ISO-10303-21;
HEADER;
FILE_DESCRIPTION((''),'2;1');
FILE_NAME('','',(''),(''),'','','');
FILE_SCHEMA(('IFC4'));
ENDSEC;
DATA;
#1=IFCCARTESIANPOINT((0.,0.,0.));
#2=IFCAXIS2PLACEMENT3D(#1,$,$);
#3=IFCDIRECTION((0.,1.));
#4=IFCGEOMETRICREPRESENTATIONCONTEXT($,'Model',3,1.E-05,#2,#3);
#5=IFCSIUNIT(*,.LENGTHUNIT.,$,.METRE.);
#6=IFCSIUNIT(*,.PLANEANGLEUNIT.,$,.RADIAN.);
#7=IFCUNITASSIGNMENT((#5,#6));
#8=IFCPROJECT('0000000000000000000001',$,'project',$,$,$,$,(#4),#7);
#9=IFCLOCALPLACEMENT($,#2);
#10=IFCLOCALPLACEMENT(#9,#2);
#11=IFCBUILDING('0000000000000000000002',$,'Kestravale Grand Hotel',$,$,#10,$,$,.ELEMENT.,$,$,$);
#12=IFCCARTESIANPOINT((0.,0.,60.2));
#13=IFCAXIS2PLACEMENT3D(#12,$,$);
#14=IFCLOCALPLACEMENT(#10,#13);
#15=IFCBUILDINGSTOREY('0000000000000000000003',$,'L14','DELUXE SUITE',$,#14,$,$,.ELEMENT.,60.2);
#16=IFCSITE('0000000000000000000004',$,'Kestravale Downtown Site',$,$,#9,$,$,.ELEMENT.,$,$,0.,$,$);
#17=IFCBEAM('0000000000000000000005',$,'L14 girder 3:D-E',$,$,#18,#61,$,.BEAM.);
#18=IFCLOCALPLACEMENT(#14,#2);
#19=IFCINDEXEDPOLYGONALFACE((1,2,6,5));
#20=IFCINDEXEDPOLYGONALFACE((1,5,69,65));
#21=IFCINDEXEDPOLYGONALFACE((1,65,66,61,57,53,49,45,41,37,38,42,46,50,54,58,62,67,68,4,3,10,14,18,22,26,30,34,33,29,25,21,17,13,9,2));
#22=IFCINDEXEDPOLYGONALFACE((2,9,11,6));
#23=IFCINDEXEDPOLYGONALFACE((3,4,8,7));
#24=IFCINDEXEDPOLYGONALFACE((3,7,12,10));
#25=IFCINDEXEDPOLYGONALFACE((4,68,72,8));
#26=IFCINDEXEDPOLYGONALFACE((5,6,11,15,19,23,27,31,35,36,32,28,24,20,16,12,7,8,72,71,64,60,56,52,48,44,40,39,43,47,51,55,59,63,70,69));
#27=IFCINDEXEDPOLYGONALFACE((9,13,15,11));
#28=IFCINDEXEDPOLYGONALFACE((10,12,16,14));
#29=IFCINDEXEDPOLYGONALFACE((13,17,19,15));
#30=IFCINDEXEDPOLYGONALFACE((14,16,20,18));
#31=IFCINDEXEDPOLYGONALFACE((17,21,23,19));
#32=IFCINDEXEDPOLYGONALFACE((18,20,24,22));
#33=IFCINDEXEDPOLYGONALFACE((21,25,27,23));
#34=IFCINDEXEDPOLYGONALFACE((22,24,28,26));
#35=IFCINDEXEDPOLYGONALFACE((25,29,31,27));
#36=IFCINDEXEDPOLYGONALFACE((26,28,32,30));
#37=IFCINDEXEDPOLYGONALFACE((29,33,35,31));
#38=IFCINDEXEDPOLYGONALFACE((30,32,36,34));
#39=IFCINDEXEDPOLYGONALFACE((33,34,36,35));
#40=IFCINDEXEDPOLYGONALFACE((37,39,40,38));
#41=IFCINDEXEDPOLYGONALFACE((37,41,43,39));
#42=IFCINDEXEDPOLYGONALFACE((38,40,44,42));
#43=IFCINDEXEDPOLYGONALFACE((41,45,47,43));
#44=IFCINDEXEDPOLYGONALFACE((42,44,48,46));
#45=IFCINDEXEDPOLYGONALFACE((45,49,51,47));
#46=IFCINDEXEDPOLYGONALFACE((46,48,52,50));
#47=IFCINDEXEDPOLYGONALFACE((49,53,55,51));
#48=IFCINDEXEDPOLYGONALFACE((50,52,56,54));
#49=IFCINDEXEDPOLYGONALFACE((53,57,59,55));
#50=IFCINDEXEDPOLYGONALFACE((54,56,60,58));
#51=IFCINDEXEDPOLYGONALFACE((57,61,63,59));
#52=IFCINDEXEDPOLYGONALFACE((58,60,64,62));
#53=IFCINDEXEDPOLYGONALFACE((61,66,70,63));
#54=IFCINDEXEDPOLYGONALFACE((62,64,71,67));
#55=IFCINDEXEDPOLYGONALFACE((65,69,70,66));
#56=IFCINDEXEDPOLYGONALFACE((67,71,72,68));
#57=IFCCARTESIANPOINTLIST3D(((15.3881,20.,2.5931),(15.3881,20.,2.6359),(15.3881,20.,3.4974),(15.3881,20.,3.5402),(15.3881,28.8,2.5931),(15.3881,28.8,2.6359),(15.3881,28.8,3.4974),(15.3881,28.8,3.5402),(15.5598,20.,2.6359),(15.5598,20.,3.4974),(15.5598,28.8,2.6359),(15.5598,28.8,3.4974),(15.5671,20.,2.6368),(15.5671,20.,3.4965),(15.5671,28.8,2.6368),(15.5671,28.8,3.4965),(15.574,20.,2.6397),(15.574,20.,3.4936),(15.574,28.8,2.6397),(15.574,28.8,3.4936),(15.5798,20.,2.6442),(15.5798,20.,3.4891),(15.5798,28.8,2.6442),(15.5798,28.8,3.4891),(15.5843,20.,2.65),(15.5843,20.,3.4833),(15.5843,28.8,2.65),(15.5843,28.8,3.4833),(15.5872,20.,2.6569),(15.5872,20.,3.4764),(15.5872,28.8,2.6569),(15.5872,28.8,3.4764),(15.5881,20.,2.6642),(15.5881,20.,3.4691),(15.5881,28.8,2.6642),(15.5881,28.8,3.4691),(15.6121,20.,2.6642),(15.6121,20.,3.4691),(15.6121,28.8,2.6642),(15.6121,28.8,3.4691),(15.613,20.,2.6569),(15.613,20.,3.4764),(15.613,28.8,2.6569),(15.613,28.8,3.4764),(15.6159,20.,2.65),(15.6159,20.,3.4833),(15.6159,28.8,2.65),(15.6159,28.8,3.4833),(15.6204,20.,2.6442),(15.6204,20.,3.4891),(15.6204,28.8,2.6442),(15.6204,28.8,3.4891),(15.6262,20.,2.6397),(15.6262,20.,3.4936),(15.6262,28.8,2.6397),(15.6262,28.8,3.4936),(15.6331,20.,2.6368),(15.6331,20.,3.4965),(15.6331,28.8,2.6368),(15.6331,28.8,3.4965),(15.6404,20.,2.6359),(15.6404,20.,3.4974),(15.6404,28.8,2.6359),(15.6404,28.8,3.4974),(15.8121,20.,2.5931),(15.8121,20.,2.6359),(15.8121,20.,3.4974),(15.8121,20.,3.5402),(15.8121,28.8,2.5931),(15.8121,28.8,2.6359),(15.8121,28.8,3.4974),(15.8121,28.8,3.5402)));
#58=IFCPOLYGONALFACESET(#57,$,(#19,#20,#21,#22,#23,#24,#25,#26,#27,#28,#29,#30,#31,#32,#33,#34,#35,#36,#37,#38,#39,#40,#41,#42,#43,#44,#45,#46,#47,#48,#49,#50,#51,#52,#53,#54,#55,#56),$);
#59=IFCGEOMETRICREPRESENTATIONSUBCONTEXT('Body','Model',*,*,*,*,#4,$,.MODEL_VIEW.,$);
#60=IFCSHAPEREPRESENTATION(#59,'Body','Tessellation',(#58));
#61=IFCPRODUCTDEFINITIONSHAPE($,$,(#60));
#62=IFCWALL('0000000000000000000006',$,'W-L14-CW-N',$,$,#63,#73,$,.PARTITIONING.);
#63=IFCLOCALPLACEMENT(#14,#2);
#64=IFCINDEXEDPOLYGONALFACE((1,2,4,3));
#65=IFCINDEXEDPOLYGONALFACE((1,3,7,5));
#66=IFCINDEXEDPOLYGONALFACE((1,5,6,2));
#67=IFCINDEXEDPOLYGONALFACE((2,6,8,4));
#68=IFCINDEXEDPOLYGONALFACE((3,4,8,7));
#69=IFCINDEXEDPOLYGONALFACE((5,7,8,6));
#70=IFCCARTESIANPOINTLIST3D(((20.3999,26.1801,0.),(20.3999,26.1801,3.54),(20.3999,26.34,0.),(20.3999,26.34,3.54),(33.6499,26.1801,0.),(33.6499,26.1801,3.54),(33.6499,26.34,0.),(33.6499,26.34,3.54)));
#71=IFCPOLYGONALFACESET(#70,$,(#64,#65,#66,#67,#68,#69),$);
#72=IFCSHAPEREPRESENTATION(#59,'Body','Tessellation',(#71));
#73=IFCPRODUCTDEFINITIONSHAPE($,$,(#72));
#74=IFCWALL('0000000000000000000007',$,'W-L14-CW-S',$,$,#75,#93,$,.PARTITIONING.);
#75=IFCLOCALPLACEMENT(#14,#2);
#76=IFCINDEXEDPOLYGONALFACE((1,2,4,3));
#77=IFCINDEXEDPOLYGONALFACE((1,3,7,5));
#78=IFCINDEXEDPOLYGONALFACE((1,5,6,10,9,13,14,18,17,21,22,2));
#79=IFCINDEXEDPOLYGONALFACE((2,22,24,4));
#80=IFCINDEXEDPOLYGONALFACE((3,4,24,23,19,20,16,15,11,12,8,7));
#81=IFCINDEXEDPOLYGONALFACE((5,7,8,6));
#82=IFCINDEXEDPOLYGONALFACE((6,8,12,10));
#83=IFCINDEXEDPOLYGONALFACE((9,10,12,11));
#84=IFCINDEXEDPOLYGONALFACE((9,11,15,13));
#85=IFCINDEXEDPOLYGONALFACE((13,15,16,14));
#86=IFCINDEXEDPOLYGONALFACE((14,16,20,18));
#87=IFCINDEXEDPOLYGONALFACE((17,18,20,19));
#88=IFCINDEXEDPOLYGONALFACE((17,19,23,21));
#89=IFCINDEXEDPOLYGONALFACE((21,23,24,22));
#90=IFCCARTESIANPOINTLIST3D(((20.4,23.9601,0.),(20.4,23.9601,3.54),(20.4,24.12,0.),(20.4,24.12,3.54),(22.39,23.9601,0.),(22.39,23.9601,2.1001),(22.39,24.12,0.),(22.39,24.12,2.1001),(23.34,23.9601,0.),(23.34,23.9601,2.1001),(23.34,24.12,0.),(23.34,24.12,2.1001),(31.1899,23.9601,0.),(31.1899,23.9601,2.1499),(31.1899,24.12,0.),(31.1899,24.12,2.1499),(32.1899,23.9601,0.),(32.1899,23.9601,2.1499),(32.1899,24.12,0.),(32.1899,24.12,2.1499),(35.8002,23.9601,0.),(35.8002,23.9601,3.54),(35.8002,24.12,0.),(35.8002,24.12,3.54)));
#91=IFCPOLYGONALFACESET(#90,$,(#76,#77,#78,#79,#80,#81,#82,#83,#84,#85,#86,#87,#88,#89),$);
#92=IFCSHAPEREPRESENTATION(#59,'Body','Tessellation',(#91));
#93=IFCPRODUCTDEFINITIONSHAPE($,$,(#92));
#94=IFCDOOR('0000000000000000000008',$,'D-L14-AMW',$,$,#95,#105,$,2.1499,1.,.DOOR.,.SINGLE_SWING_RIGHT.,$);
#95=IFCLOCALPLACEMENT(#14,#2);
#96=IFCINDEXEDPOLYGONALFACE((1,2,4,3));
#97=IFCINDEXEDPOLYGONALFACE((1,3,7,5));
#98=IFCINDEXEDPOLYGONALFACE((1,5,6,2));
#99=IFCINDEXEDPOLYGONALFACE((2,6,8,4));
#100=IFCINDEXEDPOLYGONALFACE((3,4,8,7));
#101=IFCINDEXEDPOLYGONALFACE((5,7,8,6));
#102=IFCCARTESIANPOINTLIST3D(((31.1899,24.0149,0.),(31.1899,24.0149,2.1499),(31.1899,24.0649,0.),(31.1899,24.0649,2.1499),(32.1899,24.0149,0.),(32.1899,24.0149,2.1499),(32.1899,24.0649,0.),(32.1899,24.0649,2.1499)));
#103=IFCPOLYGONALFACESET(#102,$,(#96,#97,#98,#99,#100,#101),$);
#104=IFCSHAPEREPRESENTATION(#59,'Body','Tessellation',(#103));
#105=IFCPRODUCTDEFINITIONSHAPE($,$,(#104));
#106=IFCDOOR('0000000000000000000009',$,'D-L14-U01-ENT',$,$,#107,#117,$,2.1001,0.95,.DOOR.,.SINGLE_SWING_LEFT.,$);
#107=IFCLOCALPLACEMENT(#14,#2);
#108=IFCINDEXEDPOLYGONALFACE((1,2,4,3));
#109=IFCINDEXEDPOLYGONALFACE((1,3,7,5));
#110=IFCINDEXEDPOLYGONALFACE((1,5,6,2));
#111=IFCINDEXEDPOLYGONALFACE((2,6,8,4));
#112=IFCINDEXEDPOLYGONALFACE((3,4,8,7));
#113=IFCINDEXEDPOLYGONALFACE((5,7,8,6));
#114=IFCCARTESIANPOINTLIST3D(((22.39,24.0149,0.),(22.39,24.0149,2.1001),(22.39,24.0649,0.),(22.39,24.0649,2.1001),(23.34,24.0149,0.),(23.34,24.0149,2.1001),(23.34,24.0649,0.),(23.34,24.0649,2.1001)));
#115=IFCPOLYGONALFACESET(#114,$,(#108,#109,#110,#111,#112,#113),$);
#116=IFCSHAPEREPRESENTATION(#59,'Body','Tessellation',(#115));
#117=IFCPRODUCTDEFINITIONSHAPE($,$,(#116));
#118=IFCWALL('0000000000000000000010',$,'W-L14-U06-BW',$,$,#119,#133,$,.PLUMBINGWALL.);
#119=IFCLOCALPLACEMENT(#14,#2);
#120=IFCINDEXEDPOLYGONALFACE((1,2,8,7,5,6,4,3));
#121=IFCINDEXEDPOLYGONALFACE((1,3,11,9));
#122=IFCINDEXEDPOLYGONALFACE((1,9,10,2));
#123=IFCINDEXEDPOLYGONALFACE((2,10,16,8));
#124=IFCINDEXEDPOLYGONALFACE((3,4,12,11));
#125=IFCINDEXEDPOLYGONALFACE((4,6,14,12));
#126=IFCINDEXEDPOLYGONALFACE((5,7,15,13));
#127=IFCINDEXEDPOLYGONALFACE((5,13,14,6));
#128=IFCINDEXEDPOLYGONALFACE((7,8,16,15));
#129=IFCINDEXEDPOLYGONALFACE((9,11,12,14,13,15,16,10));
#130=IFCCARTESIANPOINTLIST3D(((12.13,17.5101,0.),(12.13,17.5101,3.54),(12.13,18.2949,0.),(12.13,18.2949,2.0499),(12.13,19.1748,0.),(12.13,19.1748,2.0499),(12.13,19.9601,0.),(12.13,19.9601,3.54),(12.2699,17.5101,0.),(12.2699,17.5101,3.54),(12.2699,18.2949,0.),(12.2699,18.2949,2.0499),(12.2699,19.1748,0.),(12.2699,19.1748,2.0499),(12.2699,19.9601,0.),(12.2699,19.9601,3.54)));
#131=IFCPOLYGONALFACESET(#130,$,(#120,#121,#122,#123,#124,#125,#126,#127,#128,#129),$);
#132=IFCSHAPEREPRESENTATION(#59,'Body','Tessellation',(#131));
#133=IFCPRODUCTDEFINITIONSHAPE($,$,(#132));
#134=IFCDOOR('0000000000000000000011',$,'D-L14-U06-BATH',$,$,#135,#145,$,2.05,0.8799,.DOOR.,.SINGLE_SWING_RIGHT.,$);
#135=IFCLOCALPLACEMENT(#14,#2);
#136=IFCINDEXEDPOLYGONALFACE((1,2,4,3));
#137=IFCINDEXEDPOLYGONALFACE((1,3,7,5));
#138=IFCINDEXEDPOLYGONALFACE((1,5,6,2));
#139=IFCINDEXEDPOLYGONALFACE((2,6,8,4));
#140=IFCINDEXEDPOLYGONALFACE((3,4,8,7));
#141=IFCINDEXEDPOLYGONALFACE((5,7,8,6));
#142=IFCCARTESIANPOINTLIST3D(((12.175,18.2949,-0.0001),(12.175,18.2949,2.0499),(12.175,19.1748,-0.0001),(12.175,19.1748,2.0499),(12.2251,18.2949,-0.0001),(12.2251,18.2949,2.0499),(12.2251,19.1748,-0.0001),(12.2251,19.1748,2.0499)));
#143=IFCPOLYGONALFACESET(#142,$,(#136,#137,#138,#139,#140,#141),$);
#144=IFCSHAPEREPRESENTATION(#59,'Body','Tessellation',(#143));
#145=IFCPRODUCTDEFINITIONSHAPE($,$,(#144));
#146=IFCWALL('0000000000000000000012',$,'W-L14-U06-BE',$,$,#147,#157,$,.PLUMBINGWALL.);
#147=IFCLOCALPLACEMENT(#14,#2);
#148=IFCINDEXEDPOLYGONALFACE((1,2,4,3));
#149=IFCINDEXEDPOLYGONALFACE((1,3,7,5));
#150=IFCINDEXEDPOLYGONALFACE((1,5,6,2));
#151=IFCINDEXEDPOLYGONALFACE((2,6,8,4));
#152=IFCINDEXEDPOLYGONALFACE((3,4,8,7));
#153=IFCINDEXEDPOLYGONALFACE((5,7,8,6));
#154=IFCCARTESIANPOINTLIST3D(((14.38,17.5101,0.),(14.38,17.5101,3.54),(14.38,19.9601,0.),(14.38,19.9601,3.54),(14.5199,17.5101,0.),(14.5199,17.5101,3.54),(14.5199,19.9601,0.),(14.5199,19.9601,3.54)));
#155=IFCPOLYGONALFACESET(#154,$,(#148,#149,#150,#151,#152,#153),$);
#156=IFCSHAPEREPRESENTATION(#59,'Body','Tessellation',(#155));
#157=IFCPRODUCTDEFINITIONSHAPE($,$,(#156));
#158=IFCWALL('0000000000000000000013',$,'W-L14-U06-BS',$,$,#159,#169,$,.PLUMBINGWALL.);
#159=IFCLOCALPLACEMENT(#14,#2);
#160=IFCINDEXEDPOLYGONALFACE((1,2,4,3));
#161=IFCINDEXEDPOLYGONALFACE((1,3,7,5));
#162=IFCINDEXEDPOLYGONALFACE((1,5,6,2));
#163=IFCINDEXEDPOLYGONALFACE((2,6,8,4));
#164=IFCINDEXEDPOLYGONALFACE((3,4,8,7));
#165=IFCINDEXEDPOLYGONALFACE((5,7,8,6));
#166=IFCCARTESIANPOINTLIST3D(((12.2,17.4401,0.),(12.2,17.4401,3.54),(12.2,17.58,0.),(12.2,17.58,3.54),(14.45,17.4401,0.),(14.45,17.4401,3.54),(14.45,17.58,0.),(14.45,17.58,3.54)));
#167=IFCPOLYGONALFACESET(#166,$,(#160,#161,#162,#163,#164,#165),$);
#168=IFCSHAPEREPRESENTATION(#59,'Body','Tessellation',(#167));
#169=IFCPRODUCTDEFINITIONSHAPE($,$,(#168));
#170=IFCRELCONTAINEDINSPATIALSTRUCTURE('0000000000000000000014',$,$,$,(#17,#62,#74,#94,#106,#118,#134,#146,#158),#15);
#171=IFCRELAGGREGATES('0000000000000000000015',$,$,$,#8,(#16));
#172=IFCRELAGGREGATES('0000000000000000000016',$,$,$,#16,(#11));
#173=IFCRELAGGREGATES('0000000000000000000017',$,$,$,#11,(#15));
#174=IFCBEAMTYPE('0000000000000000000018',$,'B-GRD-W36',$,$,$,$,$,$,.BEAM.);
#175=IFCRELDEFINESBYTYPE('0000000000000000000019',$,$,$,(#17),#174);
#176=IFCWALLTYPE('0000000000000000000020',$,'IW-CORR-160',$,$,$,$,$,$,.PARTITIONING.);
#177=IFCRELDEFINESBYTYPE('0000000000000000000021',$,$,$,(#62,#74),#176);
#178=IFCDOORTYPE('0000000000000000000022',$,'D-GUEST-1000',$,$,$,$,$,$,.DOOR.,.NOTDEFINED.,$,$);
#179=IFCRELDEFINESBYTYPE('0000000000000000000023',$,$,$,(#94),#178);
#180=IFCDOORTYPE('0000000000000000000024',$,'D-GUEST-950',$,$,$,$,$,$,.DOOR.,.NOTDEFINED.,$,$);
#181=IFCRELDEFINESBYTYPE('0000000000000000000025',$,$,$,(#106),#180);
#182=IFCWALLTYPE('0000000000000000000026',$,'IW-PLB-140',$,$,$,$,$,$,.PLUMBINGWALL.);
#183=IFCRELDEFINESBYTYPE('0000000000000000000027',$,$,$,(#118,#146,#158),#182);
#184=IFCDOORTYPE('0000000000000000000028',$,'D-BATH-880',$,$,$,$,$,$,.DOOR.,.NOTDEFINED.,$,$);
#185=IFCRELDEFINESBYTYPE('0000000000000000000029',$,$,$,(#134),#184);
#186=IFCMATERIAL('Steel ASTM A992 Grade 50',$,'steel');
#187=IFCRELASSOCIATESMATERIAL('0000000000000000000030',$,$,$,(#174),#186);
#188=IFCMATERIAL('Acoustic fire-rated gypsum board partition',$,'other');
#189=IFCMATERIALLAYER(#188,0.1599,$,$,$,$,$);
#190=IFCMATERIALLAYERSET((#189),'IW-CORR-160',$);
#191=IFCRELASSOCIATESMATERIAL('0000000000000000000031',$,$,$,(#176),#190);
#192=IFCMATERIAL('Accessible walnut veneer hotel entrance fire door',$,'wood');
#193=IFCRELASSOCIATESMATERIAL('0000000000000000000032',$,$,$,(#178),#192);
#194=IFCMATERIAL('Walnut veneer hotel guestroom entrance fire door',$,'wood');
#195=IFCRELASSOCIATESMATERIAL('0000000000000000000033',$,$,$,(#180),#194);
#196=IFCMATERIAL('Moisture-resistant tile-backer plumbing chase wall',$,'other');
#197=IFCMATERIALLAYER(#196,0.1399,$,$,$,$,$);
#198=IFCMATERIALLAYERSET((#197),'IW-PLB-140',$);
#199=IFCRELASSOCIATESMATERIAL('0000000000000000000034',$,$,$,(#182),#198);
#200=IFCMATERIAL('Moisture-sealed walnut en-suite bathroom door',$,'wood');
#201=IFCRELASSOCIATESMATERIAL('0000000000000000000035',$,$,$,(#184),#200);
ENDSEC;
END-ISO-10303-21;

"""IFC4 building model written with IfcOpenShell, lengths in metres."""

from ifc_helpers import new_model, si_unit, direction, frame, frame_2d, origin, origin_2d, place, context, subcontext, project, spatial, rectangle, i_section, extrude, material, layer, layer_set, material_profile, profile_set, type_object, element, fill, save


model = new_model("IFC4")

# Units and contexts
model_context = context("Model", 3, precision=1e-05, world=origin(), true_north=direction((0.0, 1.0)))
body_context = subcontext(model_context, "Body", "Model", "MODEL_VIEW")
ifc_project = project(units=[si_unit("LENGTHUNIT", "METRE"), si_unit("PLANEANGLEUNIT", "RADIAN")], contexts=[model_context])

# Site, building, storey
site_placement = place(None, origin())
site = spatial("IfcSite", under=ifc_project, at=site_placement, Name="Kestravale Downtown Site", CompositionType="ELEMENT", RefElevation=0.0)
building_placement = place(site_placement, origin())
building = spatial("IfcBuilding", under=site, at=building_placement, Name="Kestravale Grand Hotel", CompositionType="ELEMENT")
storey_placement = place(building_placement, frame((0.0, 0.0, 60.2)))
storey = spatial("IfcBuildingStorey", under=building, at=storey_placement, Name="L14", Description="DELUXE SUITE", CompositionType="ELEMENT", Elevation=60.2)

# Beam
ifc_material_1 = material(Name="Steel ASTM A992 Grade 50", Category="steel")
ifc_material_profile_1 = material_profile(ifc_material_1, i_section(OverallWidth=0.4241, OverallDepth=0.947, WebThickness=0.0239, FlangeThickness=0.0427, FilletRadius=0.0283, at=origin_2d()))
ifc_profile_set_1 = profile_set([ifc_material_profile_1], Name="Steel ASTM A992 Grade 50")
beam_type_1 = type_object("IfcBeamType", Name="B-GRD-W36", PredefinedType="BEAM", material=ifc_profile_set_1)
for number, where, z_axis, x_axis, name in (
    (1, (15.6001, 20.0, 3.0667), (0.0, 1.0, 0.0), (-1.0, 0.0, 0.0), "L14 girder 3:D-E"),
):
    element("IfcBeam", number, at=place(storey_placement, frame(where, z_axis=z_axis, x_axis=x_axis)), inside=storey, type_object=beam_type_1, Name=name, PredefinedType="BEAM", context=body_context, shape_type="SweptSolid", body=[
        extrude(i_section(OverallWidth=0.4241, OverallDepth=0.947, WebThickness=0.0239, FlangeThickness=0.0427, FilletRadius=0.0283, at=origin_2d()), origin(), (0.0, 0.0, 1.0), 8.8),
    ])

# Wall
ifc_material_2 = material(Name="Acoustic fire-rated gypsum board partition", Category="other")
ifc_layer_1 = layer(ifc_material_2, 0.1599)
ifc_layer_set_1 = layer_set([ifc_layer_1], Name="IW-CORR-160")
wall_type_1 = type_object("IfcWallType", Name="IW-CORR-160", PredefinedType="PARTITIONING", material=ifc_layer_set_1)
wall_1_placement = place(storey_placement, frame((20.3999, 26.26, 0.0), z_axis=(0.0, 0.0, 1.0), x_axis=(1.0, 0.0, 0.0)))
element("IfcWall", 2, at=wall_1_placement, inside=storey, type_object=wall_type_1, Name="W-L14-CW-N", PredefinedType="PARTITIONING", context=body_context, shape_type="SweptSolid", body=[
    extrude(rectangle(XDim=13.25, YDim=0.1599, at=frame_2d((6.625, 0.0))), origin(), (0.0, 0.0, 1.0), 3.54),
])

# Wall, openings, doors
wall_2_placement = place(storey_placement, frame((20.3999, 24.04, 0.0), z_axis=(0.0, 0.0, 1.0), x_axis=(1.0, 0.0, 0.0)))
wall_2 = element("IfcWall", 3, at=wall_2_placement, inside=storey, type_object=wall_type_1, Name="W-L14-CW-S", PredefinedType="PARTITIONING", context=body_context, shape_type="SweptSolid", body=[
    extrude(rectangle(XDim=15.4001, YDim=0.1599, at=frame_2d((7.7002, 0.0))), origin(), (0.0, 0.0, 1.0), 3.54),
])
opening_1_placement = place(wall_2_placement, frame((1.99, 0.0, 0.0)))
opening_1 = element("IfcOpeningElement", 4, at=opening_1_placement, cuts=wall_2, PredefinedType="OPENING", context=body_context, shape_type="SweptSolid", body=[
    extrude(rectangle(XDim=0.95, YDim=2.1001, at=frame_2d((0.4751, 1.05))), frame((0.0, 0.0898, 0.0), z_axis=(0.0, -1.0, 0.0), x_axis=(1.0, 0.0, 0.0)), (0.0, 0.0, 1.0), 0.1799),
])
opening_2_placement = place(wall_2_placement, frame((10.79, 0.0, 0.0)))
opening_2 = element("IfcOpeningElement", 5, at=opening_2_placement, cuts=wall_2, PredefinedType="OPENING", context=body_context, shape_type="SweptSolid", body=[
    extrude(rectangle(XDim=1.0, YDim=2.1499, at=frame_2d((0.5, 1.075))), frame((0.0, 0.0898, 0.0), z_axis=(0.0, -1.0, 0.0), x_axis=(1.0, 0.0, 0.0)), (0.0, 0.0, 1.0), 0.1799),
])
ifc_material_3 = material(Name="Accessible walnut veneer hotel entrance fire door", Category="wood")
door_type_1 = type_object("IfcDoorType", Name="D-GUEST-1000", OperationType="NOTDEFINED", PredefinedType="DOOR", material=ifc_material_3)
door_1_placement = place(opening_2_placement, origin())
door_1 = element("IfcDoor", 6, at=door_1_placement, inside=storey, type_object=door_type_1, Name="D-L14-AMW", OperationType="SINGLE_SWING_RIGHT", OverallHeight=2.1499, OverallWidth=1.0, PredefinedType="DOOR", context=body_context, shape_type="SweptSolid", body=[
    extrude(rectangle(XDim=1.0, YDim=2.1499, at=frame_2d((0.5, 1.075))), frame((0.0, 0.0249, 0.0), z_axis=(0.0, -1.0, 0.0), x_axis=(1.0, 0.0, 0.0)), (0.0, 0.0, 1.0), 0.05),
])
fill(opening_2, door_1)
ifc_material_4 = material(Name="Walnut veneer hotel guestroom entrance fire door", Category="wood")
door_type_2 = type_object("IfcDoorType", Name="D-GUEST-950", OperationType="NOTDEFINED", PredefinedType="DOOR", material=ifc_material_4)
door_2_placement = place(opening_1_placement, origin())
door_2 = element("IfcDoor", 7, at=door_2_placement, inside=storey, type_object=door_type_2, Name="D-L14-U01-ENT", OperationType="SINGLE_SWING_LEFT", OverallHeight=2.1001, OverallWidth=0.95, PredefinedType="DOOR", context=body_context, shape_type="SweptSolid", body=[
    extrude(rectangle(XDim=0.95, YDim=2.1001, at=frame_2d((0.4751, 1.05))), frame((0.0, 0.0249, 0.0), z_axis=(0.0, -1.0, 0.0), x_axis=(1.0, 0.0, 0.0)), (0.0, 0.0, 1.0), 0.05),
])
fill(opening_1, door_2)

# Wall, opening, door
ifc_material_5 = material(Name="Moisture-resistant tile-backer plumbing chase wall", Category="other")
ifc_layer_2 = layer(ifc_material_5, 0.1399)
ifc_layer_set_2 = layer_set([ifc_layer_2], Name="IW-PLB-140")
wall_type_2 = type_object("IfcWallType", Name="IW-PLB-140", PredefinedType="PLUMBINGWALL", material=ifc_layer_set_2)
wall_3_placement = place(storey_placement, frame((12.2, 17.51, 0.0), z_axis=(0.0, 0.0, 1.0), x_axis=(0.0, 1.0, 0.0)))
wall_3 = element("IfcWall", 8, at=wall_3_placement, inside=storey, type_object=wall_type_2, Name="W-L14-U06-BW", PredefinedType="PLUMBINGWALL", context=body_context, shape_type="SweptSolid", body=[
    extrude(rectangle(XDim=2.45, YDim=0.1399, at=frame_2d((1.2251, 0.0))), origin(), (0.0, 0.0, 1.0), 3.54),
])
opening_3_placement = place(wall_3_placement, frame((0.7849, 0.0, 0.0)))
opening_3 = element("IfcOpeningElement", 9, at=opening_3_placement, cuts=wall_3, PredefinedType="OPENING", context=body_context, shape_type="SweptSolid", body=[
    extrude(rectangle(XDim=0.8799, YDim=2.05, at=frame_2d((0.4399, 1.0249))), frame((0.0, 0.0798, 0.0), z_axis=(0.0, -1.0, 0.0), x_axis=(1.0, 0.0, 0.0)), (0.0, 0.0, 1.0), 0.1599),
])
ifc_material_6 = material(Name="Moisture-sealed walnut en-suite bathroom door", Category="wood")
door_type_3 = type_object("IfcDoorType", Name="D-BATH-880", OperationType="NOTDEFINED", PredefinedType="DOOR", material=ifc_material_6)
door_3_placement = place(opening_3_placement, origin())
door_3 = element("IfcDoor", 10, at=door_3_placement, inside=storey, type_object=door_type_3, Name="D-L14-U06-BATH", OperationType="SINGLE_SWING_RIGHT", OverallHeight=2.05, OverallWidth=0.8799, PredefinedType="DOOR", context=body_context, shape_type="SweptSolid", body=[
    extrude(rectangle(XDim=0.8799, YDim=2.05, at=frame_2d((0.4399, 1.0249))), frame((0.0, 0.0249, 0.0), z_axis=(0.0, -1.0, 0.0), x_axis=(1.0, 0.0, 0.0)), (0.0, 0.0, 1.0), 0.05),
])
fill(opening_3, door_3)

# Walls
wall_4_placement = place(storey_placement, frame((14.45, 17.51, 0.0), z_axis=(0.0, 0.0, 1.0), x_axis=(0.0, 1.0, 0.0)))
element("IfcWall", 11, at=wall_4_placement, inside=storey, type_object=wall_type_2, Name="W-L14-U06-BE", PredefinedType="PLUMBINGWALL", context=body_context, shape_type="SweptSolid", body=[
    extrude(rectangle(XDim=2.45, YDim=0.1399, at=frame_2d((1.2251, 0.0))), origin(), (0.0, 0.0, 1.0), 3.54),
])
wall_5_placement = place(storey_placement, frame((12.2, 17.51, 0.0), z_axis=(0.0, 0.0, 1.0), x_axis=(1.0, 0.0, 0.0)))
element("IfcWall", 12, at=wall_5_placement, inside=storey, type_object=wall_type_2, Name="W-L14-U06-BS", PredefinedType="PLUMBINGWALL", context=body_context, shape_type="SweptSolid", body=[
    extrude(rectangle(XDim=2.25, YDim=0.1399, at=frame_2d((1.125, 0.0))), origin(), (0.0, 0.0, 1.0), 3.54),
])

save(model, "model.ifc")
